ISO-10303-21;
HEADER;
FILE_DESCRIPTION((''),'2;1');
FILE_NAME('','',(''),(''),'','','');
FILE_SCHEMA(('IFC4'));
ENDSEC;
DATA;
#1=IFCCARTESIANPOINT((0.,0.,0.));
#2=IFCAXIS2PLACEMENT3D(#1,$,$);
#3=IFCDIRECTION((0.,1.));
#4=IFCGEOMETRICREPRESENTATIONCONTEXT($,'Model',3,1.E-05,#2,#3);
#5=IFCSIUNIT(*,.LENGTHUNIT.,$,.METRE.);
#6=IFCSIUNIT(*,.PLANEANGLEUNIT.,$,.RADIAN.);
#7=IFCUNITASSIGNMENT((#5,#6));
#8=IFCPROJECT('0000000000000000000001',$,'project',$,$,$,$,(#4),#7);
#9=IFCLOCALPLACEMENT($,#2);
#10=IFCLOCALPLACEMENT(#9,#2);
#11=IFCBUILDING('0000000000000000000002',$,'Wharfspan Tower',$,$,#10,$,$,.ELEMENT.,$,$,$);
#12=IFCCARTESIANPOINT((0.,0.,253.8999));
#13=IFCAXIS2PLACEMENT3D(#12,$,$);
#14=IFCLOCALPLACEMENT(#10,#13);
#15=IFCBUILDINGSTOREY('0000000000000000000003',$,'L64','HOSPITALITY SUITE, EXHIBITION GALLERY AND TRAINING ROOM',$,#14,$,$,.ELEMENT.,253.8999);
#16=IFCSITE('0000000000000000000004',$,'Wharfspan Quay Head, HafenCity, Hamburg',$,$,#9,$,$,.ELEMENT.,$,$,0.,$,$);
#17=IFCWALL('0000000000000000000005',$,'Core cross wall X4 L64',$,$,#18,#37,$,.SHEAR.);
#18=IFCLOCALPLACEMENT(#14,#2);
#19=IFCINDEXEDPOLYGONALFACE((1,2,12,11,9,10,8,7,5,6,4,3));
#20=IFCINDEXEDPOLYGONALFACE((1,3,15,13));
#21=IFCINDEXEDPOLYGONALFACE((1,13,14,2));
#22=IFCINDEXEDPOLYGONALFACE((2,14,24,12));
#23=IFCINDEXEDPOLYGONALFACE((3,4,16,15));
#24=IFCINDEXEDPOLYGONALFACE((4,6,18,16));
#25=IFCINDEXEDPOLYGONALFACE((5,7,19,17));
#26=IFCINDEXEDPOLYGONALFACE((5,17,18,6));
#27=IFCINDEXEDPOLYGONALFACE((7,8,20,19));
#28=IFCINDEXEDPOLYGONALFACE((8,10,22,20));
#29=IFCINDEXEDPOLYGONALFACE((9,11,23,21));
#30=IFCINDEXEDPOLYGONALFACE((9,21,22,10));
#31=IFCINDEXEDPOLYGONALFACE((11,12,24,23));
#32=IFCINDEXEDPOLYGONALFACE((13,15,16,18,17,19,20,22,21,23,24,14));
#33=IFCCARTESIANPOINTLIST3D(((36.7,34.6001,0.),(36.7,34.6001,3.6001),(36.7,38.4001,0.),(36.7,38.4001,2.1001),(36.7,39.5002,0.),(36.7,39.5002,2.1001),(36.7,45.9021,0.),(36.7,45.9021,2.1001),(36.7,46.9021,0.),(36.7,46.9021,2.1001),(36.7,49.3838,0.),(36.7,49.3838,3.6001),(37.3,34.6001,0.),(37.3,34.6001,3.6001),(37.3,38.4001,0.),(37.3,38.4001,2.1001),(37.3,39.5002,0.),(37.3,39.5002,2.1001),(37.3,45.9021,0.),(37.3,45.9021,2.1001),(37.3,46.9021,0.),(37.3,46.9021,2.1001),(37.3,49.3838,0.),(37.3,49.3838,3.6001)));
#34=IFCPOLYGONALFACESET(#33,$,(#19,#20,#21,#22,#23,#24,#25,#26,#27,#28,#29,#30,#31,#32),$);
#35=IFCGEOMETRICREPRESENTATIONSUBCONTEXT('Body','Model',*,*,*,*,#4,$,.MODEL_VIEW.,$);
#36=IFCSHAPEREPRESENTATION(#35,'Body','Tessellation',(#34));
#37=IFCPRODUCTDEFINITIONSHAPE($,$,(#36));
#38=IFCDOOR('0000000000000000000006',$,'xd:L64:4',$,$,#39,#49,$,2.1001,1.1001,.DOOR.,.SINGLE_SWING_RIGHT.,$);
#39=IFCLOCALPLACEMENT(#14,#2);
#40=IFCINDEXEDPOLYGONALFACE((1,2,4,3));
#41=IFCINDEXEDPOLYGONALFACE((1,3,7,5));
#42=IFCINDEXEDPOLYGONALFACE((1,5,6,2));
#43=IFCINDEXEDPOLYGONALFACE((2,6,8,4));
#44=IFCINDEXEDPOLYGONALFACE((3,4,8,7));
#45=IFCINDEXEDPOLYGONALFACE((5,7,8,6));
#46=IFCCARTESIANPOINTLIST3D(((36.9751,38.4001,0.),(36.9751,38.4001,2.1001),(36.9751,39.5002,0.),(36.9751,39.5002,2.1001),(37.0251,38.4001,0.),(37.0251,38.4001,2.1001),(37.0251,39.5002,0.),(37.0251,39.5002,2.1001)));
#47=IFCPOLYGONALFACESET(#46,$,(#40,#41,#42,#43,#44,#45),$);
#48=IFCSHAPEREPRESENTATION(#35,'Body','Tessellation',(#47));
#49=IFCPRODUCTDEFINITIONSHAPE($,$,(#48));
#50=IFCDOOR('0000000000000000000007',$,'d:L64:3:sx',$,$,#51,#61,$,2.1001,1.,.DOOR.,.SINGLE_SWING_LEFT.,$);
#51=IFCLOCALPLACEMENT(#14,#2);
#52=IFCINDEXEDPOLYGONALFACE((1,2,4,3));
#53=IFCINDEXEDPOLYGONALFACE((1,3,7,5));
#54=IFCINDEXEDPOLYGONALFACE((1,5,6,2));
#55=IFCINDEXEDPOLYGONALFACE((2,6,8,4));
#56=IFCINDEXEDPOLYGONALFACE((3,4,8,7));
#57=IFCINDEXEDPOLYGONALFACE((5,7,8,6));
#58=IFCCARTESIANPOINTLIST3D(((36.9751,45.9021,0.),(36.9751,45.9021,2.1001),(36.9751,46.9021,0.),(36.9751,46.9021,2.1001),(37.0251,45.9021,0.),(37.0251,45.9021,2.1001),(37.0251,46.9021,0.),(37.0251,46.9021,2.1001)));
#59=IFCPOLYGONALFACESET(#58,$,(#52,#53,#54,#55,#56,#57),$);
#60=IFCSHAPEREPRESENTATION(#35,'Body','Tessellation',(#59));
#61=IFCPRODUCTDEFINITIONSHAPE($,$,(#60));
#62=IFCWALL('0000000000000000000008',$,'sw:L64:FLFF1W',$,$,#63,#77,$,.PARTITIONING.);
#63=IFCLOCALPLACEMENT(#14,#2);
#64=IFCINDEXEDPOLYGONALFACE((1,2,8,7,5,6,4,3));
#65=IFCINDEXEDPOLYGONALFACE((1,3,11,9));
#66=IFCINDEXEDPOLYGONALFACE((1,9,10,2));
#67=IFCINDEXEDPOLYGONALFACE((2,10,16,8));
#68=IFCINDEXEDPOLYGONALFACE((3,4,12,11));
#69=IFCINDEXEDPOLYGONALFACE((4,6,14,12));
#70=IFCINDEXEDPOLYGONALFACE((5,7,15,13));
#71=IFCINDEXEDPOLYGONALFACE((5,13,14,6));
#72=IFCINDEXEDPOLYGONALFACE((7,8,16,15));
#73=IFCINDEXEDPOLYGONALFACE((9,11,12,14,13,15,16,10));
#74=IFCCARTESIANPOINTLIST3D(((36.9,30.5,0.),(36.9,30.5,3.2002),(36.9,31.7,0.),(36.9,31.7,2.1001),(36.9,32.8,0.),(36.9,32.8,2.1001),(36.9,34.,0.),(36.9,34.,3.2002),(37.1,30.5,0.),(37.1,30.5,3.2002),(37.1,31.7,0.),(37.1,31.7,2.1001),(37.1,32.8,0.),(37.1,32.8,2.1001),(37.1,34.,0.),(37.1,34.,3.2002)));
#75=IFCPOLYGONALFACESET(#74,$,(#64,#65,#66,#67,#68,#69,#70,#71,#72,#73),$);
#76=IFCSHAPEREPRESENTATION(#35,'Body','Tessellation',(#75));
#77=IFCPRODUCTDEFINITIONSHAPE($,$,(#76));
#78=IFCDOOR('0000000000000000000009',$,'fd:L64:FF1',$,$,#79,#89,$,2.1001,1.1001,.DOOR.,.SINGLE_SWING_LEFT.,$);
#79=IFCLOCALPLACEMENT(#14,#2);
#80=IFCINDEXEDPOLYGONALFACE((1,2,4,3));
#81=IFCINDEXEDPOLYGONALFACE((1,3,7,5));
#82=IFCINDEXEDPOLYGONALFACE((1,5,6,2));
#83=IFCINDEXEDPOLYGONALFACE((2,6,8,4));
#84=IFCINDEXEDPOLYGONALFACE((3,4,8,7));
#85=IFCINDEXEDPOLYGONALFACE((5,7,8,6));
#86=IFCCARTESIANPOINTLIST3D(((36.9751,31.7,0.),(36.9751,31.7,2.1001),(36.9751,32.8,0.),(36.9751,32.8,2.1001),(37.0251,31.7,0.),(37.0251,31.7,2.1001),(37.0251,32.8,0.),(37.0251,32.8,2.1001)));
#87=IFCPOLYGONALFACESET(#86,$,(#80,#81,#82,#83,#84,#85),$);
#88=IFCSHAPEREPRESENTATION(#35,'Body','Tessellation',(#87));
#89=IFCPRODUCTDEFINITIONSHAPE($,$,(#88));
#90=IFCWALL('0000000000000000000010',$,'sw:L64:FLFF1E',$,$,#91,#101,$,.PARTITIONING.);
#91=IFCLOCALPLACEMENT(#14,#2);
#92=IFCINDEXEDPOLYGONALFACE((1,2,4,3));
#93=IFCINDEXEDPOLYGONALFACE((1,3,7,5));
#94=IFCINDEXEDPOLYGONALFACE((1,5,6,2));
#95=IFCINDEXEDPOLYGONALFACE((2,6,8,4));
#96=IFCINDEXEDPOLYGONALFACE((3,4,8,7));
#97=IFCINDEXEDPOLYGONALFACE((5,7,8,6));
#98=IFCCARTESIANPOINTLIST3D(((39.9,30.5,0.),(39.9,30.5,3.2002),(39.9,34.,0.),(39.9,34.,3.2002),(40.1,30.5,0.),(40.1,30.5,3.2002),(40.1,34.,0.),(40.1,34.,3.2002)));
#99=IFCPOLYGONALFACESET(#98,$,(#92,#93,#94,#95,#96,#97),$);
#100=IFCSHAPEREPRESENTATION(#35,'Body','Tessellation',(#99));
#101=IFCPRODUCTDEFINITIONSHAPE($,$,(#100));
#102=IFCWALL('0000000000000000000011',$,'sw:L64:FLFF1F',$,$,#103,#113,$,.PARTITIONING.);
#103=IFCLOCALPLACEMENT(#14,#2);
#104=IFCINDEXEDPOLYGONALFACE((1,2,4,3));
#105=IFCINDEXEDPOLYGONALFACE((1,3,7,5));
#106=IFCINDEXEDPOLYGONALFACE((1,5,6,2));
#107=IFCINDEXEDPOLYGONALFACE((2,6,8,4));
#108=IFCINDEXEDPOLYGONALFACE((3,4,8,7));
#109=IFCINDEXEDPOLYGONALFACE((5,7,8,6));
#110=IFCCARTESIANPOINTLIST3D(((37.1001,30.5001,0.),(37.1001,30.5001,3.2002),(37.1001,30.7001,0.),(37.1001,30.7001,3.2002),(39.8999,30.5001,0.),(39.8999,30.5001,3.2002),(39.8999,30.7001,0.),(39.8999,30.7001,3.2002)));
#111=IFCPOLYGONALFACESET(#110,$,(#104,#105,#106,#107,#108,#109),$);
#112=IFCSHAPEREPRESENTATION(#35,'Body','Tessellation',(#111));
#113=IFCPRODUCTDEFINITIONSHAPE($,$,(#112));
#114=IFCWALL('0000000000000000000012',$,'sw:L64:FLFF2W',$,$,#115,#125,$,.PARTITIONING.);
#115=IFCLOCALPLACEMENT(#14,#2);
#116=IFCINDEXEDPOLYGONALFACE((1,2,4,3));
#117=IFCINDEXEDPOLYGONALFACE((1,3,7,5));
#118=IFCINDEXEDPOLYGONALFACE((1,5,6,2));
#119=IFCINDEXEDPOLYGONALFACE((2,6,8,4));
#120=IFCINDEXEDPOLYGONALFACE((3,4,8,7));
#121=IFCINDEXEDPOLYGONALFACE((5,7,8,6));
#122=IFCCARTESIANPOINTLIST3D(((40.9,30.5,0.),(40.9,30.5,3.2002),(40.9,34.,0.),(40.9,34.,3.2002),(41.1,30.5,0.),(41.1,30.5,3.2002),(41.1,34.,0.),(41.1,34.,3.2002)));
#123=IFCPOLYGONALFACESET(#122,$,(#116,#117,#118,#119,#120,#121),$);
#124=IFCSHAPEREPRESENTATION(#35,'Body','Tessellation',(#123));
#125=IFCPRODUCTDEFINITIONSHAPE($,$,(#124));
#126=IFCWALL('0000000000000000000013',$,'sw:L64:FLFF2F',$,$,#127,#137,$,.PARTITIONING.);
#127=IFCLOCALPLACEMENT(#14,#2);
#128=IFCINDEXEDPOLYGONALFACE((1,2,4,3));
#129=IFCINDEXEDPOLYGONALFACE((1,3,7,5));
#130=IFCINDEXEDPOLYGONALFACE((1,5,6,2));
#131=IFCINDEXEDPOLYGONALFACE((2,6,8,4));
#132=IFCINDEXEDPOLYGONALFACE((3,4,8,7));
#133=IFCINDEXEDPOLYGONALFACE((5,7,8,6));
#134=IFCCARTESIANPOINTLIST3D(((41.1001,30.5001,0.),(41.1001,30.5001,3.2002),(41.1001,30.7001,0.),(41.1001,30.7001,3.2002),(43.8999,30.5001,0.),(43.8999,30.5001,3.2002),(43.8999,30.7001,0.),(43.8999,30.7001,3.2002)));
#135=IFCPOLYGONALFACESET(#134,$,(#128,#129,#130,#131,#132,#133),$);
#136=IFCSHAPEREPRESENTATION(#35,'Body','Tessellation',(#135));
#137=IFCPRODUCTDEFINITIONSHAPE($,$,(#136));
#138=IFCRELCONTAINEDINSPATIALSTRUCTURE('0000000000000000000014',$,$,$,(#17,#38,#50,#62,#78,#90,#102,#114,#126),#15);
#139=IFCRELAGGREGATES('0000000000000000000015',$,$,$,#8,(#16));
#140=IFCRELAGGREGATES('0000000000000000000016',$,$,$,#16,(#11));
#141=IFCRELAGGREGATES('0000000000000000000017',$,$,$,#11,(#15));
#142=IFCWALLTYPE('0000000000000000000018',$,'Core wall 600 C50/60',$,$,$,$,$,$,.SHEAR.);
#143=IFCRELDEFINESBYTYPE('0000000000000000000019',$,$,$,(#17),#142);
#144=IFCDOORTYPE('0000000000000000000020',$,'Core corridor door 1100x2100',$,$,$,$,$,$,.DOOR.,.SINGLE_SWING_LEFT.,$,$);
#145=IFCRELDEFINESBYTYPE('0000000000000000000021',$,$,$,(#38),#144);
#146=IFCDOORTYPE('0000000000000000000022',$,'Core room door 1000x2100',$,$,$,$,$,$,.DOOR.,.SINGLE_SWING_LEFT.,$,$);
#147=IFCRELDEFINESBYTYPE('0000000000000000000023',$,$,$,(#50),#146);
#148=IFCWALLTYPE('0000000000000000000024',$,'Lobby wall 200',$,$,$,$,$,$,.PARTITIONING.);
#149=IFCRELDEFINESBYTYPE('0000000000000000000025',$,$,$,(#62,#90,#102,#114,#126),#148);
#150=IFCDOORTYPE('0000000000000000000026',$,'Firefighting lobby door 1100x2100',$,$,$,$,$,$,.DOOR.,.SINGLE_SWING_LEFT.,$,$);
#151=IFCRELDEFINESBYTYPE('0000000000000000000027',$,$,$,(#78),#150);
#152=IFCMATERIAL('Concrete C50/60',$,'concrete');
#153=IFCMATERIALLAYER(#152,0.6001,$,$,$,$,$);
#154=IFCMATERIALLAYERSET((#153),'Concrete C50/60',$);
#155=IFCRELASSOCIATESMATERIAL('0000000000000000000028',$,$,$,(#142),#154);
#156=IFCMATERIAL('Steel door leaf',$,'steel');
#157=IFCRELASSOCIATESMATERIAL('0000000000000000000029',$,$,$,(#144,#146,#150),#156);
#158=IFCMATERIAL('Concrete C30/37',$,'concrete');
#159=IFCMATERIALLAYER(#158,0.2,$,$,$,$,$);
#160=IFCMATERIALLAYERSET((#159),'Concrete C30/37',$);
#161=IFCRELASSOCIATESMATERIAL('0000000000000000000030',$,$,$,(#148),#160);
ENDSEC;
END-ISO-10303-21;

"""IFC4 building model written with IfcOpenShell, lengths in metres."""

from ifc_helpers import new_model, si_unit, direction, frame, frame_2d, origin, place, context, subcontext, project, spatial, rectangle, extrude, material, layer, layer_set, type_object, element, fill, save


model = new_model("IFC4")

# Units and contexts
model_context = context("Model", 3, precision=1e-05, world=origin(), true_north=direction((0.0, 1.0)))
body_context = subcontext(model_context, "Body", "Model", "MODEL_VIEW")
ifc_project = project(units=[si_unit("LENGTHUNIT", "METRE"), si_unit("PLANEANGLEUNIT", "RADIAN")], contexts=[model_context])

# Site, building, storey
site_placement = place(None, origin())
site = spatial("IfcSite", under=ifc_project, at=site_placement, Name="Wharfspan Quay Head, HafenCity, Hamburg", CompositionType="ELEMENT", RefElevation=0.0)
building_placement = place(site_placement, origin())
building = spatial("IfcBuilding", under=site, at=building_placement, Name="Wharfspan Tower", CompositionType="ELEMENT")
storey_placement = place(building_placement, frame((0.0, 0.0, 253.8999)))
storey = spatial("IfcBuildingStorey", under=building, at=storey_placement, Name="L64", Description="HOSPITALITY SUITE, EXHIBITION GALLERY AND TRAINING ROOM", CompositionType="ELEMENT", Elevation=253.8999)

# Shared definitions
ifc_material_1 = material(Name="Concrete C50/60", Category="concrete")
ifc_layer_1 = layer(ifc_material_1, 0.6001)
ifc_layer_set_1 = layer_set([ifc_layer_1], Name="Concrete C50/60")
wall_type_1 = type_object("IfcWallType", Name="Core wall 600 C50/60", PredefinedType="SHEAR", material=ifc_layer_set_1)
ifc_material_2 = material(Name="Steel door leaf", Category="steel")
door_type_1 = type_object("IfcDoorType", Name="Core corridor door 1100x2100", OperationType="SINGLE_SWING_LEFT", PredefinedType="DOOR", material=ifc_material_2)

# Wall, openings, doors
wall_1_placement = place(storey_placement, frame((37.0, 34.6001, 0.0), z_axis=(0.0, 0.0, 1.0), x_axis=(0.0, 1.0, 0.0)))
wall_1 = element("IfcWall", 1, at=wall_1_placement, inside=storey, type_object=wall_type_1, Name="Core cross wall X4 L64", PredefinedType="SHEAR", context=body_context, shape_type="SweptSolid", body=[
    extrude(rectangle(XDim=14.7837, YDim=0.6001, at=frame_2d((7.3918, 0.0))), origin(), (0.0, 0.0, 1.0), 3.6001),
])
opening_1_placement = place(wall_1_placement, frame((11.302, 0.0, 0.0)))
opening_1 = element("IfcOpeningElement", 2, at=opening_1_placement, cuts=wall_1, PredefinedType="OPENING", context=body_context, shape_type="SweptSolid", body=[
    extrude(rectangle(XDim=1.0, YDim=2.1001, at=frame_2d((0.5, 1.05))), frame((0.0, 0.3101, 0.0), z_axis=(0.0, -1.0, 0.0), x_axis=(1.0, 0.0, 0.0)), (0.0, 0.0, 1.0), 0.6201),
])
opening_2_placement = place(wall_1_placement, frame((3.8, 0.0, 0.0)))
opening_2 = element("IfcOpeningElement", 3, at=opening_2_placement, cuts=wall_1, PredefinedType="OPENING", context=body_context, shape_type="SweptSolid", body=[
    extrude(rectangle(XDim=1.1001, YDim=2.1001, at=frame_2d((0.55, 1.05))), frame((0.0, 0.3101, 0.0), z_axis=(0.0, -1.0, 0.0), x_axis=(1.0, 0.0, 0.0)), (0.0, 0.0, 1.0), 0.6201),
])
door_1_placement = place(opening_2_placement, origin())
door_1 = element("IfcDoor", 4, at=door_1_placement, inside=storey, type_object=door_type_1, Name="xd:L64:4", OperationType="SINGLE_SWING_RIGHT", OverallHeight=2.1001, OverallWidth=1.1001, PredefinedType="DOOR", context=body_context, shape_type="SweptSolid", body=[
    extrude(rectangle(XDim=1.1001, YDim=2.1001, at=frame_2d((0.55, 1.05))), frame((0.0, 0.0249, 0.0), z_axis=(0.0, -1.0, 0.0), x_axis=(1.0, 0.0, 0.0)), (0.0, 0.0, 1.0), 0.05),
])
fill(opening_2, door_1)
door_type_2 = type_object("IfcDoorType", Name="Core room door 1000x2100", OperationType="SINGLE_SWING_LEFT", PredefinedType="DOOR", material=ifc_material_2)
door_2_placement = place(opening_1_placement, origin())
door_2 = element("IfcDoor", 5, at=door_2_placement, inside=storey, type_object=door_type_2, Name="d:L64:3:sx", OperationType="SINGLE_SWING_LEFT", OverallHeight=2.1001, OverallWidth=1.0, PredefinedType="DOOR", context=body_context, shape_type="SweptSolid", body=[
    extrude(rectangle(XDim=1.0, YDim=2.1001, at=frame_2d((0.5, 1.05))), frame((0.0, 0.0249, 0.0), z_axis=(0.0, -1.0, 0.0), x_axis=(1.0, 0.0, 0.0)), (0.0, 0.0, 1.0), 0.05),
])
fill(opening_1, door_2)

# Wall, opening, door
ifc_material_3 = material(Name="Concrete C30/37", Category="concrete")
ifc_layer_2 = layer(ifc_material_3, 0.2)
ifc_layer_set_2 = layer_set([ifc_layer_2], Name="Concrete C30/37")
wall_type_2 = type_object("IfcWallType", Name="Lobby wall 200", PredefinedType="PARTITIONING", material=ifc_layer_set_2)
wall_2_placement = place(storey_placement, frame((37.0, 30.5, 0.0), z_axis=(0.0, 0.0, 1.0), x_axis=(0.0, 1.0, 0.0)))
wall_2 = element("IfcWall", 6, at=wall_2_placement, inside=storey, type_object=wall_type_2, Name="sw:L64:FLFF1W", PredefinedType="PARTITIONING", context=body_context, shape_type="SweptSolid", body=[
    extrude(rectangle(XDim=3.5, YDim=0.2, at=frame_2d((1.75, 0.0))), origin(), (0.0, 0.0, 1.0), 3.2002),
])
opening_3_placement = place(wall_2_placement, frame((1.2, 0.0, 0.0)))
opening_3 = element("IfcOpeningElement", 7, at=opening_3_placement, cuts=wall_2, PredefinedType="OPENING", context=body_context, shape_type="SweptSolid", body=[
    extrude(rectangle(XDim=1.1001, YDim=2.1001, at=frame_2d((0.55, 1.05))), frame((0.0, 0.1099, 0.0), z_axis=(0.0, -1.0, 0.0), x_axis=(1.0, 0.0, 0.0)), (0.0, 0.0, 1.0), 0.22),
])
door_type_3 = type_object("IfcDoorType", Name="Firefighting lobby door 1100x2100", OperationType="SINGLE_SWING_LEFT", PredefinedType="DOOR", material=ifc_material_2)
door_3_placement = place(opening_3_placement, origin())
door_3 = element("IfcDoor", 8, at=door_3_placement, inside=storey, type_object=door_type_3, Name="fd:L64:FF1", OperationType="SINGLE_SWING_LEFT", OverallHeight=2.1001, OverallWidth=1.1001, PredefinedType="DOOR", context=body_context, shape_type="SweptSolid", body=[
    extrude(rectangle(XDim=1.1001, YDim=2.1001, at=frame_2d((0.55, 1.05))), frame((0.0, 0.0249, 0.0), z_axis=(0.0, -1.0, 0.0), x_axis=(1.0, 0.0, 0.0)), (0.0, 0.0, 1.0), 0.05),
])
fill(opening_3, door_3)

# Walls
wall_3_placement = place(storey_placement, frame((40.0, 30.5, 0.0), z_axis=(0.0, 0.0, 1.0), x_axis=(0.0, 1.0, 0.0)))
element("IfcWall", 9, at=wall_3_placement, inside=storey, type_object=wall_type_2, Name="sw:L64:FLFF1E", PredefinedType="PARTITIONING", context=body_context, shape_type="SweptSolid", body=[
    extrude(rectangle(XDim=3.5, YDim=0.2, at=frame_2d((1.75, 0.0))), origin(), (0.0, 0.0, 1.0), 3.2002),
])
wall_4_placement = place(storey_placement, frame((37.1001, 30.6001, 0.0), z_axis=(0.0, 0.0, 1.0), x_axis=(1.0, 0.0, 0.0)))
element("IfcWall", 10, at=wall_4_placement, inside=storey, type_object=wall_type_2, Name="sw:L64:FLFF1F", PredefinedType="PARTITIONING", context=body_context, shape_type="SweptSolid", body=[
    extrude(rectangle(XDim=2.7998, YDim=0.2, at=frame_2d((1.3999, 0.0))), origin(), (0.0, 0.0, 1.0), 3.2002),
])
wall_5_placement = place(storey_placement, frame((41.0, 30.5, 0.0), z_axis=(0.0, 0.0, 1.0), x_axis=(0.0, 1.0, 0.0)))
element("IfcWall", 11, at=wall_5_placement, inside=storey, type_object=wall_type_2, Name="sw:L64:FLFF2W", PredefinedType="PARTITIONING", context=body_context, shape_type="SweptSolid", body=[
    extrude(rectangle(XDim=3.5, YDim=0.2, at=frame_2d((1.75, 0.0))), origin(), (0.0, 0.0, 1.0), 3.2002),
])
wall_6_placement = place(storey_placement, frame((41.1001, 30.6001, 0.0), z_axis=(0.0, 0.0, 1.0), x_axis=(1.0, 0.0, 0.0)))
element("IfcWall", 12, at=wall_6_placement, inside=storey, type_object=wall_type_2, Name="sw:L64:FLFF2F", PredefinedType="PARTITIONING", context=body_context, shape_type="SweptSolid", body=[
    extrude(rectangle(XDim=2.7998, YDim=0.2, at=frame_2d((1.3999, 0.0))), origin(), (0.0, 0.0, 1.0), 3.2002),
])

save(model, "model.ifc")
